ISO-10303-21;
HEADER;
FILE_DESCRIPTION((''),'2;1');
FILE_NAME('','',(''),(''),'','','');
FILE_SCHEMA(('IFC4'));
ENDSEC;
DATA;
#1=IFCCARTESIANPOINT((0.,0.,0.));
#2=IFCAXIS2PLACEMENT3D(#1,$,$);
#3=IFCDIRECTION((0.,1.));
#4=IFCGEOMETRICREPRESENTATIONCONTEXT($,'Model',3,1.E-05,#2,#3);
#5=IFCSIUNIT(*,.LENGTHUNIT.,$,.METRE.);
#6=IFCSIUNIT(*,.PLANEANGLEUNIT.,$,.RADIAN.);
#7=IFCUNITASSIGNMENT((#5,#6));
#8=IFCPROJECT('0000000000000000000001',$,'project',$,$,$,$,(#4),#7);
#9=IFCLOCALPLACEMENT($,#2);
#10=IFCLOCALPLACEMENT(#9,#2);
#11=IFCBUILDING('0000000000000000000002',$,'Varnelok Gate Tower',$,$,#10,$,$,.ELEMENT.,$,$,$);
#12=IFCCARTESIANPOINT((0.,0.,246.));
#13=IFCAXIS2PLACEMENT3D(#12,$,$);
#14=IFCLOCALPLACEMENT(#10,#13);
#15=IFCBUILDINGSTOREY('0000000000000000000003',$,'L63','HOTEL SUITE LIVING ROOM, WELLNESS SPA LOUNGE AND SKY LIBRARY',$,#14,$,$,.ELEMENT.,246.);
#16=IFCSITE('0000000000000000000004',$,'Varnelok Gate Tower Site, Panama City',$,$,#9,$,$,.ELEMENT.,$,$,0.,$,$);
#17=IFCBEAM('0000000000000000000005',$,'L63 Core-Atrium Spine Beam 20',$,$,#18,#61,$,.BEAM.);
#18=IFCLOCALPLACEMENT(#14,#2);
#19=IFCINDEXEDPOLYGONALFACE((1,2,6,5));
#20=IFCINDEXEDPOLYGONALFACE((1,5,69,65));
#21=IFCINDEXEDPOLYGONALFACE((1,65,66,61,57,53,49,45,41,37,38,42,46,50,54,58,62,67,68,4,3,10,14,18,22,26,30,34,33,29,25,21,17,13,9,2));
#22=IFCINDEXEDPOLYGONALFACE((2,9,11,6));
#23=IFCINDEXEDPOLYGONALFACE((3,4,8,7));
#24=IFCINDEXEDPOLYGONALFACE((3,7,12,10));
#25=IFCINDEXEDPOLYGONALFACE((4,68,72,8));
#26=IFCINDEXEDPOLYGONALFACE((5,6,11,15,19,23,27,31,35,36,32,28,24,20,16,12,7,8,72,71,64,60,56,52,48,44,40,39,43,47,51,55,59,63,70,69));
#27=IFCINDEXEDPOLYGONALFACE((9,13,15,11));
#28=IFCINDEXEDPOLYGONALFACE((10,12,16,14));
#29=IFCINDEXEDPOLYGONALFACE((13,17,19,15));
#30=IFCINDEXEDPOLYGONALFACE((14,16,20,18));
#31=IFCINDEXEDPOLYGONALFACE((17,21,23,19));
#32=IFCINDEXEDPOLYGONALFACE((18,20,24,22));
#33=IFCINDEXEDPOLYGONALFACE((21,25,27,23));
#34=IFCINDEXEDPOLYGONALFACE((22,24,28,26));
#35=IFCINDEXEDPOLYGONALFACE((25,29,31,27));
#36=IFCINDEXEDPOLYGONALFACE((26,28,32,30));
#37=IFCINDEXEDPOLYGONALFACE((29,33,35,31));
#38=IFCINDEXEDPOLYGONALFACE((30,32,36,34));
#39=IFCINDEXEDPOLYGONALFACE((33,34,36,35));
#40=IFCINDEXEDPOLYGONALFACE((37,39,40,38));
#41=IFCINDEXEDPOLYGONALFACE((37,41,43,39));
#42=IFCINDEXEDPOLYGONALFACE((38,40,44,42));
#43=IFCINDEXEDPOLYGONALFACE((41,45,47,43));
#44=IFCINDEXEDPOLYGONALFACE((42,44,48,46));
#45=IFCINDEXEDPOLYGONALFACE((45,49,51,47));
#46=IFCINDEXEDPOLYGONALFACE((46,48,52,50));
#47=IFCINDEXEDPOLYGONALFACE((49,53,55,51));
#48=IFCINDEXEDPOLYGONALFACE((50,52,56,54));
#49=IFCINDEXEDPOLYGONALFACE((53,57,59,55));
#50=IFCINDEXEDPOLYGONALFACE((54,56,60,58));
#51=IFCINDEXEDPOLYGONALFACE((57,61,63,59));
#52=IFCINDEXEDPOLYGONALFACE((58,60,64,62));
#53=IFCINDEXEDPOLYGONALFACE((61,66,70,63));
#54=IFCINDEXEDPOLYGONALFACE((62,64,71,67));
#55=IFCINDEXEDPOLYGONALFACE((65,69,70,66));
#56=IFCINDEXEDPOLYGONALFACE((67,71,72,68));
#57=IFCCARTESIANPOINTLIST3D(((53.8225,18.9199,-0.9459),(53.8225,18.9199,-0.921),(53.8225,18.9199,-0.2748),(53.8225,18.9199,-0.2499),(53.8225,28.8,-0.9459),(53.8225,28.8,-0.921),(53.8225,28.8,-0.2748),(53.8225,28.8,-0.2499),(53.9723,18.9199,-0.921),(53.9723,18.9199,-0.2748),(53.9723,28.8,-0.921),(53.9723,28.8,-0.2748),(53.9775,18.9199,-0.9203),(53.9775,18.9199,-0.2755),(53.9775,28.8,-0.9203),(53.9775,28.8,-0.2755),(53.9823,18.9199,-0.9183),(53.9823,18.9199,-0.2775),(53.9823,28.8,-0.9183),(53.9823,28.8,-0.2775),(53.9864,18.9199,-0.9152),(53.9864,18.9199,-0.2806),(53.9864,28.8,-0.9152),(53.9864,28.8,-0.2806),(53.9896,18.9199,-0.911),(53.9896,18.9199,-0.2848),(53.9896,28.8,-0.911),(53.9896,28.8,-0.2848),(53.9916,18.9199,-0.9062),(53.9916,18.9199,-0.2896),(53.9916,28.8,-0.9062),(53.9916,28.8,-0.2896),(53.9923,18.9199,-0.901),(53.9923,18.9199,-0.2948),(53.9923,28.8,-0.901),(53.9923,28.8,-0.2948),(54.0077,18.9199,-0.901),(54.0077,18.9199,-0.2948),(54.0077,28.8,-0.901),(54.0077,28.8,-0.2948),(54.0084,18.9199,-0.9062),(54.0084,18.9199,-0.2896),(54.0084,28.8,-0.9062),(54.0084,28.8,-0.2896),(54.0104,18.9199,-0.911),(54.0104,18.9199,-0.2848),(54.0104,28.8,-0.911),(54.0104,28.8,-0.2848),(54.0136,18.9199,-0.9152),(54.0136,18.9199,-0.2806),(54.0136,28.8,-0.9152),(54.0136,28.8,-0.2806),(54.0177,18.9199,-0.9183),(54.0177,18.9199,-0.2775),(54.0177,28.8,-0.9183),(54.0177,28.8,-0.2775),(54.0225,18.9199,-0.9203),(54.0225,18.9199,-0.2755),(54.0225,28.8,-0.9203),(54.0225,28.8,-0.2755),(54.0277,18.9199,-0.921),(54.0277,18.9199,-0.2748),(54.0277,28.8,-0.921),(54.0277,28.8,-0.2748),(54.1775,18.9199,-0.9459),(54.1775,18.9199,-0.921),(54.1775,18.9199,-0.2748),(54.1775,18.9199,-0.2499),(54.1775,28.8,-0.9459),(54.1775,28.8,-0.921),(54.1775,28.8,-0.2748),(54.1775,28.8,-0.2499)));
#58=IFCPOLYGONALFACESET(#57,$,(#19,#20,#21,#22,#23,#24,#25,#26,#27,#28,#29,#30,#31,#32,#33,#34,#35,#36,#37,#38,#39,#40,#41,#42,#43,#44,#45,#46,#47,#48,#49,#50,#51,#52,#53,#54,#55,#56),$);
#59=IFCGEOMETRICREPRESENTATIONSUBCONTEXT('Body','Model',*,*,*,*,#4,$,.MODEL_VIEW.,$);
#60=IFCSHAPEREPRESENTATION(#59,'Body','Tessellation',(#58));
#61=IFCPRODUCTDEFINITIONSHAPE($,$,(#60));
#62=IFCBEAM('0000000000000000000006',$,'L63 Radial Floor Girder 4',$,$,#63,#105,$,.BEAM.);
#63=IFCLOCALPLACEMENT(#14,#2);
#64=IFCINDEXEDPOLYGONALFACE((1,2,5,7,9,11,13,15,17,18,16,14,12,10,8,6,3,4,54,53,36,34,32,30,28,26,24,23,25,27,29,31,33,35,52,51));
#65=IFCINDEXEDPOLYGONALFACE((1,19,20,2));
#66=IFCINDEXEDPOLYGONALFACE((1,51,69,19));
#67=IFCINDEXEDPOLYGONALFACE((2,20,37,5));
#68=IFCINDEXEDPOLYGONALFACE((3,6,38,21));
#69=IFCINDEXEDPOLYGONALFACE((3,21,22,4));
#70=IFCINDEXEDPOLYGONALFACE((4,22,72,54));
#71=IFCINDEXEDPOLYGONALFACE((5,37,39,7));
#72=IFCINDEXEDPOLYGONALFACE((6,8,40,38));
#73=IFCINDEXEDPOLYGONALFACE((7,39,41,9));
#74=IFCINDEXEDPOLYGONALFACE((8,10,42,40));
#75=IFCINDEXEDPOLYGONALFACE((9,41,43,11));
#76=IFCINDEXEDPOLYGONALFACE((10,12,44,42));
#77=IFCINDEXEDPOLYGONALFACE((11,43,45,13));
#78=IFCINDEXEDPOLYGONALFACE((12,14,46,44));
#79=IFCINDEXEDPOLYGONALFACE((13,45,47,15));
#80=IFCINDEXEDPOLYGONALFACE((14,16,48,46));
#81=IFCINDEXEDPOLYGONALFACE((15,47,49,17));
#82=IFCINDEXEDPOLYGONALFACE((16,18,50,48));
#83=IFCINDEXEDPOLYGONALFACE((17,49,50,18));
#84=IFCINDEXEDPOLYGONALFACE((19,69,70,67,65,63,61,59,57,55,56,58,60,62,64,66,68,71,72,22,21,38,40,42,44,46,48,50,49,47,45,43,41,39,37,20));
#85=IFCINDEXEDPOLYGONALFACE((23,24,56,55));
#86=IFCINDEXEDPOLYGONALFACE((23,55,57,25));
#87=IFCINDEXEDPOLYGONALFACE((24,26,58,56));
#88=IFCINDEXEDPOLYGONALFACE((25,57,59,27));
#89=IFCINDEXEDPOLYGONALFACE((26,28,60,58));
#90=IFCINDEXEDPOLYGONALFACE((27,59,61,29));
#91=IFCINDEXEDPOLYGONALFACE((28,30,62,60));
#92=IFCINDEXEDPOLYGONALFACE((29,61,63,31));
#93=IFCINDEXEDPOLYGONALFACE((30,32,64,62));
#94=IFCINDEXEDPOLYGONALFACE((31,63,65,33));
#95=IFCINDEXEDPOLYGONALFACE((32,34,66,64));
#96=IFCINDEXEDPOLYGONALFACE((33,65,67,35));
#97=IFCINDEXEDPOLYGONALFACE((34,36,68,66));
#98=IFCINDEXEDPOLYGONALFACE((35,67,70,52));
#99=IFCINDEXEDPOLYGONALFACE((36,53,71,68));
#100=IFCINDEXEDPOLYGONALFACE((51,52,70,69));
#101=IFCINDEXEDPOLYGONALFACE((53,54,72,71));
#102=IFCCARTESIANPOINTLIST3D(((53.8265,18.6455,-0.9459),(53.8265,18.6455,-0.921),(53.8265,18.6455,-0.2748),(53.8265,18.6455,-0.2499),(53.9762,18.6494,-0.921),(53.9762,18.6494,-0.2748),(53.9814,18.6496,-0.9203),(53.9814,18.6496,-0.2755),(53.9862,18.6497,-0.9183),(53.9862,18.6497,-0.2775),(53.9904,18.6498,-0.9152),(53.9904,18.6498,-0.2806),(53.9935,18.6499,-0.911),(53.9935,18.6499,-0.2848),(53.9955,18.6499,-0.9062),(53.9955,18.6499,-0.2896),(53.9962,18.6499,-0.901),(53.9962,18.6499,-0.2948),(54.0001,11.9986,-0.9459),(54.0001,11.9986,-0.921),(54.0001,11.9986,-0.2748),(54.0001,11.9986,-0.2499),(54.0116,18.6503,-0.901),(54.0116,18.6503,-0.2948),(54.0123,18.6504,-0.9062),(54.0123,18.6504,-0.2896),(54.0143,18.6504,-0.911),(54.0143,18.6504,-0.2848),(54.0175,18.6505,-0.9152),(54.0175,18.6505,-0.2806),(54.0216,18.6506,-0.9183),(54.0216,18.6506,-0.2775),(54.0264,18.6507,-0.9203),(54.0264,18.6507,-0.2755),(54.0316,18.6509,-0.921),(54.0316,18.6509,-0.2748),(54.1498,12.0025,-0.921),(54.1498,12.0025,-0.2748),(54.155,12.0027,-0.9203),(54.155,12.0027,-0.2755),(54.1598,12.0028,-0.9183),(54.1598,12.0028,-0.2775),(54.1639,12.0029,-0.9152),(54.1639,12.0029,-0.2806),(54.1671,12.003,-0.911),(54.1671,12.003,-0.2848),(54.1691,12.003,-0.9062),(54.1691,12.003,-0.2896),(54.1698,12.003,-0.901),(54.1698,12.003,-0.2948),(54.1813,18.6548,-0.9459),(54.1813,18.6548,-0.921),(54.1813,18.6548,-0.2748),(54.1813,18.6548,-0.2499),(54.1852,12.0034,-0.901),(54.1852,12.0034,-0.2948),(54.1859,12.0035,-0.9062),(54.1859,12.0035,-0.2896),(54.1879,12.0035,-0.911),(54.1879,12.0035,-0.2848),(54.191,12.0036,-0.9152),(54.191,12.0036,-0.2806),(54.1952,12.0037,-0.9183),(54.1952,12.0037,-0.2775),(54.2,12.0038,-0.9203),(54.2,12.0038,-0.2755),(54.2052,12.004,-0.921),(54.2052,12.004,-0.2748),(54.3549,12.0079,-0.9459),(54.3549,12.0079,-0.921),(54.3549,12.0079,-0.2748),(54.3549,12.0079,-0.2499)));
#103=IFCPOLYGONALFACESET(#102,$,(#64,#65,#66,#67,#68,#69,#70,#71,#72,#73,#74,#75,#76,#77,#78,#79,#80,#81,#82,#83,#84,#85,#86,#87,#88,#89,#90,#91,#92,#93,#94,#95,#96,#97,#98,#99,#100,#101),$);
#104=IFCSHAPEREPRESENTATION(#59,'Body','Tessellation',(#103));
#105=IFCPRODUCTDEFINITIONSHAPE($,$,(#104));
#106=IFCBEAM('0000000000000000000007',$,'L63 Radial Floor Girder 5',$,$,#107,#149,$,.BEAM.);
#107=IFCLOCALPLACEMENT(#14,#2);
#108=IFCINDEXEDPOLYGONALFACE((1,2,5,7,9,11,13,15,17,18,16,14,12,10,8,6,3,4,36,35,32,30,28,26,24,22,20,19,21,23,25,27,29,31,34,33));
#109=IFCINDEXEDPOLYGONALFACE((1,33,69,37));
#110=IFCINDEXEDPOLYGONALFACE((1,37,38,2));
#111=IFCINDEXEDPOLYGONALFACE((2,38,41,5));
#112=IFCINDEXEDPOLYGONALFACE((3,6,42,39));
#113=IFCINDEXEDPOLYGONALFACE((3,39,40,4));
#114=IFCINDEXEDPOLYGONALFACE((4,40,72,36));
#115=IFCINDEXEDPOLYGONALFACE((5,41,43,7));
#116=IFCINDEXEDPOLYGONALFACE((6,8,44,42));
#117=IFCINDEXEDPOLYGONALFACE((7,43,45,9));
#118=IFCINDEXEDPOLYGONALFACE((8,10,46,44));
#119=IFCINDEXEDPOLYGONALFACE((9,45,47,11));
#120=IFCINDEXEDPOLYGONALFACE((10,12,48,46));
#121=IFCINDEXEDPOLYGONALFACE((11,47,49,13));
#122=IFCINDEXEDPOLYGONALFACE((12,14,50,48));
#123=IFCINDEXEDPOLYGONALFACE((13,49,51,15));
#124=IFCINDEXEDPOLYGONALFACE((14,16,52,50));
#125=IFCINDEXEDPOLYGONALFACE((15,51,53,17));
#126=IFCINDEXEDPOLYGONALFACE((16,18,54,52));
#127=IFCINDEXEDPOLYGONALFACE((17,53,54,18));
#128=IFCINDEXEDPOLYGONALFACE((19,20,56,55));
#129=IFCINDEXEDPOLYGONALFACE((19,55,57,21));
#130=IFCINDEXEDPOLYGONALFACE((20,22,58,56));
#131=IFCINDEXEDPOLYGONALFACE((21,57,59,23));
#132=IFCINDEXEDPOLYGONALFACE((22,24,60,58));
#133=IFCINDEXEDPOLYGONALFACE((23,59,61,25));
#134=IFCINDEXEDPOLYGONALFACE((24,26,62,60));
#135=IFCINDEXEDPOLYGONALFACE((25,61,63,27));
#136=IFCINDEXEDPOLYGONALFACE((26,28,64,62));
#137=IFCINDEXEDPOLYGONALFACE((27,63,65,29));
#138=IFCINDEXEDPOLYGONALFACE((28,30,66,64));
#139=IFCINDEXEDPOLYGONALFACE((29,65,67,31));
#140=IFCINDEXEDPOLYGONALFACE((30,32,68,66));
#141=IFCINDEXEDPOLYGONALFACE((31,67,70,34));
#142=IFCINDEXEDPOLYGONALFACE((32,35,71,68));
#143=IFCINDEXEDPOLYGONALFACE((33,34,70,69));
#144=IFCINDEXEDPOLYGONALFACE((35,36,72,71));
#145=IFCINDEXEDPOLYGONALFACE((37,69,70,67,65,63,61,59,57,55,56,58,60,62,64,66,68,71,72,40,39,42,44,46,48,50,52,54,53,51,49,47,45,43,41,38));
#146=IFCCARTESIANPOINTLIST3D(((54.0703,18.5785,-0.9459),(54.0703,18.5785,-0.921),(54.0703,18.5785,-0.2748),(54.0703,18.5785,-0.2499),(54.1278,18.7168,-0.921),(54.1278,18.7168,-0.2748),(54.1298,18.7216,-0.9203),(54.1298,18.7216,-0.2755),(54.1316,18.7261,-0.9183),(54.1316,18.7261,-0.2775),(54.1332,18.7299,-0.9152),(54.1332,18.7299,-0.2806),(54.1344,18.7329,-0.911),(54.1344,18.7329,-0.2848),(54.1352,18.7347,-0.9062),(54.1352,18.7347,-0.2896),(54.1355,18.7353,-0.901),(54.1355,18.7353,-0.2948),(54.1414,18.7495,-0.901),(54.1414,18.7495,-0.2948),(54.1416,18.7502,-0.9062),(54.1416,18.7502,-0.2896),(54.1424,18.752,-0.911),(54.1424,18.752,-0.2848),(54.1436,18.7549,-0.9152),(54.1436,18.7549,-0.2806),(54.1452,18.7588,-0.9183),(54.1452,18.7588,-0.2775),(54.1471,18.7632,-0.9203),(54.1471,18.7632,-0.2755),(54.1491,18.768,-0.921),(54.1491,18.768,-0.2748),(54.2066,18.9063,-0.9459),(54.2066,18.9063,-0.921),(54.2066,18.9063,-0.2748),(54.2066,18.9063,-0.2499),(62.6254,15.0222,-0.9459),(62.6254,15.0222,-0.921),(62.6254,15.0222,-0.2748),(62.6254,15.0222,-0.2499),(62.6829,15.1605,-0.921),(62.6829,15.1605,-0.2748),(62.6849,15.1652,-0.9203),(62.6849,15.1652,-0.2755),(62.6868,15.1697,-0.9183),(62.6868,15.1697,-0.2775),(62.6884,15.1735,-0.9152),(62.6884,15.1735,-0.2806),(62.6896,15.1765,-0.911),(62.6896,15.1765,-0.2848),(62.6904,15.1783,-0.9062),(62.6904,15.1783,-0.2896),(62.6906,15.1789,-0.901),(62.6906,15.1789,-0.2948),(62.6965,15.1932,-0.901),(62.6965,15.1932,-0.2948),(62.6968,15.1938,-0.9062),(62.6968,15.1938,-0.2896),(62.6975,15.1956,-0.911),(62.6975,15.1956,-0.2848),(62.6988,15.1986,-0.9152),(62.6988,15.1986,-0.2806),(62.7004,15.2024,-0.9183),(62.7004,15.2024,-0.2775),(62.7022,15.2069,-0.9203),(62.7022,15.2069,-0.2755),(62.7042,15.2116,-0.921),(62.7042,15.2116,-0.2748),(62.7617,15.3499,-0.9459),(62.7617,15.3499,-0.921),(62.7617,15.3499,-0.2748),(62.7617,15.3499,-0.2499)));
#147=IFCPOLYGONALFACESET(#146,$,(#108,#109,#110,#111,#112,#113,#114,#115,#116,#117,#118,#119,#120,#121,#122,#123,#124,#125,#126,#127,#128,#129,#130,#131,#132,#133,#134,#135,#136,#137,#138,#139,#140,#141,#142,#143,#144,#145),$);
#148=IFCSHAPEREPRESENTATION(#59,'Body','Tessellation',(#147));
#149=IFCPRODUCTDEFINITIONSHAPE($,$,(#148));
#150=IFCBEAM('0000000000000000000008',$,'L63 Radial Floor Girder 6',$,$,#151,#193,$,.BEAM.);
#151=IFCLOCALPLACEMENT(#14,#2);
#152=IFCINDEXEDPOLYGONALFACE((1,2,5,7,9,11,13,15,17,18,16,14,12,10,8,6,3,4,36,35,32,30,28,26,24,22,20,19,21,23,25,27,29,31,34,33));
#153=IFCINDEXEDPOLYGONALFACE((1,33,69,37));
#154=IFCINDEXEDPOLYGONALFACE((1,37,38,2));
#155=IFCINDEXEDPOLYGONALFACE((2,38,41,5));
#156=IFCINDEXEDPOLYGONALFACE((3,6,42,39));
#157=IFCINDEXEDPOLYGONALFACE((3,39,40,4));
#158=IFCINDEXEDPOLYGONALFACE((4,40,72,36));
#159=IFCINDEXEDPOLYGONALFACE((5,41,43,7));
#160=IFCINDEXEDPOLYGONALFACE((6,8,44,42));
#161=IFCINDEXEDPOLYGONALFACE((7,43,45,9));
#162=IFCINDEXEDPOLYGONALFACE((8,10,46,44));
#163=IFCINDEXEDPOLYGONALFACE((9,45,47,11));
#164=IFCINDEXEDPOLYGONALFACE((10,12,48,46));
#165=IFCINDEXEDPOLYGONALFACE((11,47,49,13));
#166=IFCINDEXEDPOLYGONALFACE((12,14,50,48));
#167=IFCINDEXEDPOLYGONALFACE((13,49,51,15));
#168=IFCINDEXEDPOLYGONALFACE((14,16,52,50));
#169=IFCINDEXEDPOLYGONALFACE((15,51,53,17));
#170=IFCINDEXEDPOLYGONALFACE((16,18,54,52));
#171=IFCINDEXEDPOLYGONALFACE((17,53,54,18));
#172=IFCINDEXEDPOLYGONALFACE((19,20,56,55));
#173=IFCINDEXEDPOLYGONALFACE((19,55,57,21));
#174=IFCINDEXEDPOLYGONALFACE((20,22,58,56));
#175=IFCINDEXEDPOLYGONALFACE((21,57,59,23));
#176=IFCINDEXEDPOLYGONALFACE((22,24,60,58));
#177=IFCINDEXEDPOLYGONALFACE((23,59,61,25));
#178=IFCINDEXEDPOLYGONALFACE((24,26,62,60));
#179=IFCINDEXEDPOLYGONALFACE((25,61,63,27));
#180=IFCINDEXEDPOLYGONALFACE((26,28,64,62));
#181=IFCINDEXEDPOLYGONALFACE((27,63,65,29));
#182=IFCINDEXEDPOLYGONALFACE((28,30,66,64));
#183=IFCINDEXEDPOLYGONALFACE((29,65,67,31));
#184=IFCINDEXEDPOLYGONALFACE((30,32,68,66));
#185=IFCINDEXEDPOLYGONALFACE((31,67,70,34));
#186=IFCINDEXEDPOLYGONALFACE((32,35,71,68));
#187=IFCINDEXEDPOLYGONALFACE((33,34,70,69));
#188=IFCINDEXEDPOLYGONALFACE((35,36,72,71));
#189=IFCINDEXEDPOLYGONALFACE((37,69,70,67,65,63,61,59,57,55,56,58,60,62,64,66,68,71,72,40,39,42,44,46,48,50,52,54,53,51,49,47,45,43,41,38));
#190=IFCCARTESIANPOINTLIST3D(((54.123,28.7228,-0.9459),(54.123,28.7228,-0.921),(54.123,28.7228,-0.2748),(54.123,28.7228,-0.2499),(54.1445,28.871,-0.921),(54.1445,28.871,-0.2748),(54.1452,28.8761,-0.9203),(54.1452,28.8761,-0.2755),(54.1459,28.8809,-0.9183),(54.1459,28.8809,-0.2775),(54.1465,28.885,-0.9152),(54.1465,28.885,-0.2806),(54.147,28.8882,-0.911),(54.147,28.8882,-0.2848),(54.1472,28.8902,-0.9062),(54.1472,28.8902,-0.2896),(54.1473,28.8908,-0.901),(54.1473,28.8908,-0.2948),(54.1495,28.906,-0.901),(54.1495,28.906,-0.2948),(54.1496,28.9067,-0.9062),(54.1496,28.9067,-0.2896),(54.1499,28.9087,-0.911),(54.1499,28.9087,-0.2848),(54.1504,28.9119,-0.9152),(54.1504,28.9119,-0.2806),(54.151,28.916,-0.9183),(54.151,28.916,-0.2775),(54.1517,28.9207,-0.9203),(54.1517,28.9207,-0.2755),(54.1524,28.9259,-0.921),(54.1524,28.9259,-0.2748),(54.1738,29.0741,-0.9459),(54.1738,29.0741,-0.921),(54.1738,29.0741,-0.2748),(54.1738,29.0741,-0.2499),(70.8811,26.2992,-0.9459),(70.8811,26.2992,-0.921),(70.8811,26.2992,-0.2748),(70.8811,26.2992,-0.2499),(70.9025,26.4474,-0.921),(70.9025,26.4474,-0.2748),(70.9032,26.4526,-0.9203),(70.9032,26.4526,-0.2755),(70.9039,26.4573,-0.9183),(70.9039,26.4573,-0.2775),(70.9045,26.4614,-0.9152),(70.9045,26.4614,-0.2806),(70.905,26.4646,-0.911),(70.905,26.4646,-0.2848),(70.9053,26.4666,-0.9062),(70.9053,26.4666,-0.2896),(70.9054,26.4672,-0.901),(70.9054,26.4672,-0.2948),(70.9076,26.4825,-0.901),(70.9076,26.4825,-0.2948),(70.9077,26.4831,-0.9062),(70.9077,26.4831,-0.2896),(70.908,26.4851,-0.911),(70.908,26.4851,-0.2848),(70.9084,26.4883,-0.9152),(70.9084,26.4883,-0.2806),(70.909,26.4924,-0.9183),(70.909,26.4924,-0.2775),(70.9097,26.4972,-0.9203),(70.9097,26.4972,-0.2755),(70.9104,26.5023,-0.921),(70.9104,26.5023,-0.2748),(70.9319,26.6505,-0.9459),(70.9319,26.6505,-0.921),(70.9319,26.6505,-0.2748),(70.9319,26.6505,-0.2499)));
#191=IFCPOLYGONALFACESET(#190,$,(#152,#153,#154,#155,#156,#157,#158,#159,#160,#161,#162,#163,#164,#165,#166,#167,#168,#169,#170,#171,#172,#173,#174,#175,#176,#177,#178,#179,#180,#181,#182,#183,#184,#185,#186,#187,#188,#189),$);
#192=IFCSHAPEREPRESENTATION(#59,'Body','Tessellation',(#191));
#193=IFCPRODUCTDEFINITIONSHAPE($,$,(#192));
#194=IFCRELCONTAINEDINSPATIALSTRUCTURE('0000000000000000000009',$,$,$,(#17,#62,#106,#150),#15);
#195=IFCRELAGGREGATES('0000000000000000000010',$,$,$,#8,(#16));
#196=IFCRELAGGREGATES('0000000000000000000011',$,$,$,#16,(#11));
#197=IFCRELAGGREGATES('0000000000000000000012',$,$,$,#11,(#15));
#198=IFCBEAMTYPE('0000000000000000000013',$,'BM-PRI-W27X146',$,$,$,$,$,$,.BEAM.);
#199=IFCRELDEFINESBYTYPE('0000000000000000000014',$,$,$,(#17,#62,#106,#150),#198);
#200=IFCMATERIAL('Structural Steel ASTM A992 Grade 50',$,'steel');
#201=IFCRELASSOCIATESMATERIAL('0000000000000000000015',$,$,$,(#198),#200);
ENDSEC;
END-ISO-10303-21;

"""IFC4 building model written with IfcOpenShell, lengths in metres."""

from ifc_helpers import new_model, si_unit, direction, frame, origin, origin_2d, place, context, subcontext, project, spatial, i_section, extrude, material, material_profile, profile_set, type_object, element, save


model = new_model("IFC4")

# Units and contexts
model_context = context("Model", 3, precision=1e-05, world=origin(), true_north=direction((0.0, 1.0)))
body_context = subcontext(model_context, "Body", "Model", "MODEL_VIEW")
ifc_project = project(units=[si_unit("LENGTHUNIT", "METRE"), si_unit("PLANEANGLEUNIT", "RADIAN")], contexts=[model_context])

# Site, building, storey
site_placement = place(None, origin())
site = spatial("IfcSite", under=ifc_project, at=site_placement, Name="Varnelok Gate Tower Site, Panama City", CompositionType="ELEMENT", RefElevation=0.0)
building_placement = place(site_placement, origin())
building = spatial("IfcBuilding", under=site, at=building_placement, Name="Varnelok Gate Tower", CompositionType="ELEMENT")
storey_placement = place(building_placement, frame((0.0, 0.0, 246.0)))
storey = spatial("IfcBuildingStorey", under=building, at=storey_placement, Name="L63", Description="HOTEL SUITE LIVING ROOM, WELLNESS SPA LOUNGE AND SKY LIBRARY", CompositionType="ELEMENT", Elevation=246.0)

# Shared definitions
ifc_material_1 = material(Name="Structural Steel ASTM A992 Grade 50", Category="steel")

# Beams
ifc_material_profile_1 = material_profile(ifc_material_1, i_section(OverallWidth=0.355, OverallDepth=0.696, WebThickness=0.0154, FlangeThickness=0.0249, FilletRadius=0.02, at=origin_2d()), Name="W27X146")
ifc_profile_set_1 = profile_set([ifc_material_profile_1], Name="Structural Steel ASTM A992 Grade 50")
beam_type_1 = type_object("IfcBeamType", Name="BM-PRI-W27X146", PredefinedType="BEAM", material=ifc_profile_set_1)
beam_1_placement = place(storey_placement, frame((54.0, 18.9199, -0.5979), z_axis=(0.0, 1.0, 0.0), x_axis=(-1.0, 0.0, 0.0)))
element("IfcBeam", 1, at=beam_1_placement, inside=storey, type_object=beam_type_1, Name="L63 Core-Atrium Spine Beam 20", PredefinedType="BEAM", context=body_context, shape_type="SweptSolid", body=[
    extrude(i_section(OverallWidth=0.355, OverallDepth=0.696, WebThickness=0.0154, FlangeThickness=0.0249, FilletRadius=0.02, at=origin_2d()), origin(), (0.0, 0.0, 1.0), 9.8801),
])
beam_2_placement = place(storey_placement, frame((54.0039, 18.6501, -0.5979), z_axis=(0.026106, -0.999659, 0.0), x_axis=(0.999659, 0.026106, 0.0)))
element("IfcBeam", 2, at=beam_2_placement, inside=storey, type_object=beam_type_1, Name="L63 Radial Floor Girder 4", PredefinedType="BEAM", context=body_context, shape_type="SweptSolid", body=[
    extrude(i_section(OverallWidth=0.355, OverallDepth=0.696, WebThickness=0.0154, FlangeThickness=0.0249, FilletRadius=0.02, at=origin_2d()), origin(), (0.0, 0.0, 1.0), 6.6492),
])
beam_3_placement = place(storey_placement, frame((54.1384, 18.7424, -0.5979), z_axis=(0.923393, -0.383856, 0.0), x_axis=(0.383856, 0.923393, 0.0)))
element("IfcBeam", 3, at=beam_3_placement, inside=storey, type_object=beam_type_1, Name="L63 Radial Floor Girder 5", PredefinedType="BEAM", context=body_context, shape_type="SweptSolid", body=[
    extrude(i_section(OverallWidth=0.355, OverallDepth=0.696, WebThickness=0.0154, FlangeThickness=0.0249, FilletRadius=0.02, at=origin_2d()), origin(), (0.0, 0.0, 1.0), 9.2649),
])
beam_4_placement = place(storey_placement, frame((54.1484, 28.8984, -0.5979), z_axis=(0.989703, -0.143133, 0.0), x_axis=(0.143133, 0.989703, 0.0)))
element("IfcBeam", 4, at=beam_4_placement, inside=storey, type_object=beam_type_1, Name="L63 Radial Floor Girder 6", PredefinedType="BEAM", context=body_context, shape_type="SweptSolid", body=[
    extrude(i_section(OverallWidth=0.355, OverallDepth=0.696, WebThickness=0.0154, FlangeThickness=0.0249, FilletRadius=0.02, at=origin_2d()), origin(), (0.0, 0.0, 1.0), 16.9324),
])

save(model, "model.ifc")
